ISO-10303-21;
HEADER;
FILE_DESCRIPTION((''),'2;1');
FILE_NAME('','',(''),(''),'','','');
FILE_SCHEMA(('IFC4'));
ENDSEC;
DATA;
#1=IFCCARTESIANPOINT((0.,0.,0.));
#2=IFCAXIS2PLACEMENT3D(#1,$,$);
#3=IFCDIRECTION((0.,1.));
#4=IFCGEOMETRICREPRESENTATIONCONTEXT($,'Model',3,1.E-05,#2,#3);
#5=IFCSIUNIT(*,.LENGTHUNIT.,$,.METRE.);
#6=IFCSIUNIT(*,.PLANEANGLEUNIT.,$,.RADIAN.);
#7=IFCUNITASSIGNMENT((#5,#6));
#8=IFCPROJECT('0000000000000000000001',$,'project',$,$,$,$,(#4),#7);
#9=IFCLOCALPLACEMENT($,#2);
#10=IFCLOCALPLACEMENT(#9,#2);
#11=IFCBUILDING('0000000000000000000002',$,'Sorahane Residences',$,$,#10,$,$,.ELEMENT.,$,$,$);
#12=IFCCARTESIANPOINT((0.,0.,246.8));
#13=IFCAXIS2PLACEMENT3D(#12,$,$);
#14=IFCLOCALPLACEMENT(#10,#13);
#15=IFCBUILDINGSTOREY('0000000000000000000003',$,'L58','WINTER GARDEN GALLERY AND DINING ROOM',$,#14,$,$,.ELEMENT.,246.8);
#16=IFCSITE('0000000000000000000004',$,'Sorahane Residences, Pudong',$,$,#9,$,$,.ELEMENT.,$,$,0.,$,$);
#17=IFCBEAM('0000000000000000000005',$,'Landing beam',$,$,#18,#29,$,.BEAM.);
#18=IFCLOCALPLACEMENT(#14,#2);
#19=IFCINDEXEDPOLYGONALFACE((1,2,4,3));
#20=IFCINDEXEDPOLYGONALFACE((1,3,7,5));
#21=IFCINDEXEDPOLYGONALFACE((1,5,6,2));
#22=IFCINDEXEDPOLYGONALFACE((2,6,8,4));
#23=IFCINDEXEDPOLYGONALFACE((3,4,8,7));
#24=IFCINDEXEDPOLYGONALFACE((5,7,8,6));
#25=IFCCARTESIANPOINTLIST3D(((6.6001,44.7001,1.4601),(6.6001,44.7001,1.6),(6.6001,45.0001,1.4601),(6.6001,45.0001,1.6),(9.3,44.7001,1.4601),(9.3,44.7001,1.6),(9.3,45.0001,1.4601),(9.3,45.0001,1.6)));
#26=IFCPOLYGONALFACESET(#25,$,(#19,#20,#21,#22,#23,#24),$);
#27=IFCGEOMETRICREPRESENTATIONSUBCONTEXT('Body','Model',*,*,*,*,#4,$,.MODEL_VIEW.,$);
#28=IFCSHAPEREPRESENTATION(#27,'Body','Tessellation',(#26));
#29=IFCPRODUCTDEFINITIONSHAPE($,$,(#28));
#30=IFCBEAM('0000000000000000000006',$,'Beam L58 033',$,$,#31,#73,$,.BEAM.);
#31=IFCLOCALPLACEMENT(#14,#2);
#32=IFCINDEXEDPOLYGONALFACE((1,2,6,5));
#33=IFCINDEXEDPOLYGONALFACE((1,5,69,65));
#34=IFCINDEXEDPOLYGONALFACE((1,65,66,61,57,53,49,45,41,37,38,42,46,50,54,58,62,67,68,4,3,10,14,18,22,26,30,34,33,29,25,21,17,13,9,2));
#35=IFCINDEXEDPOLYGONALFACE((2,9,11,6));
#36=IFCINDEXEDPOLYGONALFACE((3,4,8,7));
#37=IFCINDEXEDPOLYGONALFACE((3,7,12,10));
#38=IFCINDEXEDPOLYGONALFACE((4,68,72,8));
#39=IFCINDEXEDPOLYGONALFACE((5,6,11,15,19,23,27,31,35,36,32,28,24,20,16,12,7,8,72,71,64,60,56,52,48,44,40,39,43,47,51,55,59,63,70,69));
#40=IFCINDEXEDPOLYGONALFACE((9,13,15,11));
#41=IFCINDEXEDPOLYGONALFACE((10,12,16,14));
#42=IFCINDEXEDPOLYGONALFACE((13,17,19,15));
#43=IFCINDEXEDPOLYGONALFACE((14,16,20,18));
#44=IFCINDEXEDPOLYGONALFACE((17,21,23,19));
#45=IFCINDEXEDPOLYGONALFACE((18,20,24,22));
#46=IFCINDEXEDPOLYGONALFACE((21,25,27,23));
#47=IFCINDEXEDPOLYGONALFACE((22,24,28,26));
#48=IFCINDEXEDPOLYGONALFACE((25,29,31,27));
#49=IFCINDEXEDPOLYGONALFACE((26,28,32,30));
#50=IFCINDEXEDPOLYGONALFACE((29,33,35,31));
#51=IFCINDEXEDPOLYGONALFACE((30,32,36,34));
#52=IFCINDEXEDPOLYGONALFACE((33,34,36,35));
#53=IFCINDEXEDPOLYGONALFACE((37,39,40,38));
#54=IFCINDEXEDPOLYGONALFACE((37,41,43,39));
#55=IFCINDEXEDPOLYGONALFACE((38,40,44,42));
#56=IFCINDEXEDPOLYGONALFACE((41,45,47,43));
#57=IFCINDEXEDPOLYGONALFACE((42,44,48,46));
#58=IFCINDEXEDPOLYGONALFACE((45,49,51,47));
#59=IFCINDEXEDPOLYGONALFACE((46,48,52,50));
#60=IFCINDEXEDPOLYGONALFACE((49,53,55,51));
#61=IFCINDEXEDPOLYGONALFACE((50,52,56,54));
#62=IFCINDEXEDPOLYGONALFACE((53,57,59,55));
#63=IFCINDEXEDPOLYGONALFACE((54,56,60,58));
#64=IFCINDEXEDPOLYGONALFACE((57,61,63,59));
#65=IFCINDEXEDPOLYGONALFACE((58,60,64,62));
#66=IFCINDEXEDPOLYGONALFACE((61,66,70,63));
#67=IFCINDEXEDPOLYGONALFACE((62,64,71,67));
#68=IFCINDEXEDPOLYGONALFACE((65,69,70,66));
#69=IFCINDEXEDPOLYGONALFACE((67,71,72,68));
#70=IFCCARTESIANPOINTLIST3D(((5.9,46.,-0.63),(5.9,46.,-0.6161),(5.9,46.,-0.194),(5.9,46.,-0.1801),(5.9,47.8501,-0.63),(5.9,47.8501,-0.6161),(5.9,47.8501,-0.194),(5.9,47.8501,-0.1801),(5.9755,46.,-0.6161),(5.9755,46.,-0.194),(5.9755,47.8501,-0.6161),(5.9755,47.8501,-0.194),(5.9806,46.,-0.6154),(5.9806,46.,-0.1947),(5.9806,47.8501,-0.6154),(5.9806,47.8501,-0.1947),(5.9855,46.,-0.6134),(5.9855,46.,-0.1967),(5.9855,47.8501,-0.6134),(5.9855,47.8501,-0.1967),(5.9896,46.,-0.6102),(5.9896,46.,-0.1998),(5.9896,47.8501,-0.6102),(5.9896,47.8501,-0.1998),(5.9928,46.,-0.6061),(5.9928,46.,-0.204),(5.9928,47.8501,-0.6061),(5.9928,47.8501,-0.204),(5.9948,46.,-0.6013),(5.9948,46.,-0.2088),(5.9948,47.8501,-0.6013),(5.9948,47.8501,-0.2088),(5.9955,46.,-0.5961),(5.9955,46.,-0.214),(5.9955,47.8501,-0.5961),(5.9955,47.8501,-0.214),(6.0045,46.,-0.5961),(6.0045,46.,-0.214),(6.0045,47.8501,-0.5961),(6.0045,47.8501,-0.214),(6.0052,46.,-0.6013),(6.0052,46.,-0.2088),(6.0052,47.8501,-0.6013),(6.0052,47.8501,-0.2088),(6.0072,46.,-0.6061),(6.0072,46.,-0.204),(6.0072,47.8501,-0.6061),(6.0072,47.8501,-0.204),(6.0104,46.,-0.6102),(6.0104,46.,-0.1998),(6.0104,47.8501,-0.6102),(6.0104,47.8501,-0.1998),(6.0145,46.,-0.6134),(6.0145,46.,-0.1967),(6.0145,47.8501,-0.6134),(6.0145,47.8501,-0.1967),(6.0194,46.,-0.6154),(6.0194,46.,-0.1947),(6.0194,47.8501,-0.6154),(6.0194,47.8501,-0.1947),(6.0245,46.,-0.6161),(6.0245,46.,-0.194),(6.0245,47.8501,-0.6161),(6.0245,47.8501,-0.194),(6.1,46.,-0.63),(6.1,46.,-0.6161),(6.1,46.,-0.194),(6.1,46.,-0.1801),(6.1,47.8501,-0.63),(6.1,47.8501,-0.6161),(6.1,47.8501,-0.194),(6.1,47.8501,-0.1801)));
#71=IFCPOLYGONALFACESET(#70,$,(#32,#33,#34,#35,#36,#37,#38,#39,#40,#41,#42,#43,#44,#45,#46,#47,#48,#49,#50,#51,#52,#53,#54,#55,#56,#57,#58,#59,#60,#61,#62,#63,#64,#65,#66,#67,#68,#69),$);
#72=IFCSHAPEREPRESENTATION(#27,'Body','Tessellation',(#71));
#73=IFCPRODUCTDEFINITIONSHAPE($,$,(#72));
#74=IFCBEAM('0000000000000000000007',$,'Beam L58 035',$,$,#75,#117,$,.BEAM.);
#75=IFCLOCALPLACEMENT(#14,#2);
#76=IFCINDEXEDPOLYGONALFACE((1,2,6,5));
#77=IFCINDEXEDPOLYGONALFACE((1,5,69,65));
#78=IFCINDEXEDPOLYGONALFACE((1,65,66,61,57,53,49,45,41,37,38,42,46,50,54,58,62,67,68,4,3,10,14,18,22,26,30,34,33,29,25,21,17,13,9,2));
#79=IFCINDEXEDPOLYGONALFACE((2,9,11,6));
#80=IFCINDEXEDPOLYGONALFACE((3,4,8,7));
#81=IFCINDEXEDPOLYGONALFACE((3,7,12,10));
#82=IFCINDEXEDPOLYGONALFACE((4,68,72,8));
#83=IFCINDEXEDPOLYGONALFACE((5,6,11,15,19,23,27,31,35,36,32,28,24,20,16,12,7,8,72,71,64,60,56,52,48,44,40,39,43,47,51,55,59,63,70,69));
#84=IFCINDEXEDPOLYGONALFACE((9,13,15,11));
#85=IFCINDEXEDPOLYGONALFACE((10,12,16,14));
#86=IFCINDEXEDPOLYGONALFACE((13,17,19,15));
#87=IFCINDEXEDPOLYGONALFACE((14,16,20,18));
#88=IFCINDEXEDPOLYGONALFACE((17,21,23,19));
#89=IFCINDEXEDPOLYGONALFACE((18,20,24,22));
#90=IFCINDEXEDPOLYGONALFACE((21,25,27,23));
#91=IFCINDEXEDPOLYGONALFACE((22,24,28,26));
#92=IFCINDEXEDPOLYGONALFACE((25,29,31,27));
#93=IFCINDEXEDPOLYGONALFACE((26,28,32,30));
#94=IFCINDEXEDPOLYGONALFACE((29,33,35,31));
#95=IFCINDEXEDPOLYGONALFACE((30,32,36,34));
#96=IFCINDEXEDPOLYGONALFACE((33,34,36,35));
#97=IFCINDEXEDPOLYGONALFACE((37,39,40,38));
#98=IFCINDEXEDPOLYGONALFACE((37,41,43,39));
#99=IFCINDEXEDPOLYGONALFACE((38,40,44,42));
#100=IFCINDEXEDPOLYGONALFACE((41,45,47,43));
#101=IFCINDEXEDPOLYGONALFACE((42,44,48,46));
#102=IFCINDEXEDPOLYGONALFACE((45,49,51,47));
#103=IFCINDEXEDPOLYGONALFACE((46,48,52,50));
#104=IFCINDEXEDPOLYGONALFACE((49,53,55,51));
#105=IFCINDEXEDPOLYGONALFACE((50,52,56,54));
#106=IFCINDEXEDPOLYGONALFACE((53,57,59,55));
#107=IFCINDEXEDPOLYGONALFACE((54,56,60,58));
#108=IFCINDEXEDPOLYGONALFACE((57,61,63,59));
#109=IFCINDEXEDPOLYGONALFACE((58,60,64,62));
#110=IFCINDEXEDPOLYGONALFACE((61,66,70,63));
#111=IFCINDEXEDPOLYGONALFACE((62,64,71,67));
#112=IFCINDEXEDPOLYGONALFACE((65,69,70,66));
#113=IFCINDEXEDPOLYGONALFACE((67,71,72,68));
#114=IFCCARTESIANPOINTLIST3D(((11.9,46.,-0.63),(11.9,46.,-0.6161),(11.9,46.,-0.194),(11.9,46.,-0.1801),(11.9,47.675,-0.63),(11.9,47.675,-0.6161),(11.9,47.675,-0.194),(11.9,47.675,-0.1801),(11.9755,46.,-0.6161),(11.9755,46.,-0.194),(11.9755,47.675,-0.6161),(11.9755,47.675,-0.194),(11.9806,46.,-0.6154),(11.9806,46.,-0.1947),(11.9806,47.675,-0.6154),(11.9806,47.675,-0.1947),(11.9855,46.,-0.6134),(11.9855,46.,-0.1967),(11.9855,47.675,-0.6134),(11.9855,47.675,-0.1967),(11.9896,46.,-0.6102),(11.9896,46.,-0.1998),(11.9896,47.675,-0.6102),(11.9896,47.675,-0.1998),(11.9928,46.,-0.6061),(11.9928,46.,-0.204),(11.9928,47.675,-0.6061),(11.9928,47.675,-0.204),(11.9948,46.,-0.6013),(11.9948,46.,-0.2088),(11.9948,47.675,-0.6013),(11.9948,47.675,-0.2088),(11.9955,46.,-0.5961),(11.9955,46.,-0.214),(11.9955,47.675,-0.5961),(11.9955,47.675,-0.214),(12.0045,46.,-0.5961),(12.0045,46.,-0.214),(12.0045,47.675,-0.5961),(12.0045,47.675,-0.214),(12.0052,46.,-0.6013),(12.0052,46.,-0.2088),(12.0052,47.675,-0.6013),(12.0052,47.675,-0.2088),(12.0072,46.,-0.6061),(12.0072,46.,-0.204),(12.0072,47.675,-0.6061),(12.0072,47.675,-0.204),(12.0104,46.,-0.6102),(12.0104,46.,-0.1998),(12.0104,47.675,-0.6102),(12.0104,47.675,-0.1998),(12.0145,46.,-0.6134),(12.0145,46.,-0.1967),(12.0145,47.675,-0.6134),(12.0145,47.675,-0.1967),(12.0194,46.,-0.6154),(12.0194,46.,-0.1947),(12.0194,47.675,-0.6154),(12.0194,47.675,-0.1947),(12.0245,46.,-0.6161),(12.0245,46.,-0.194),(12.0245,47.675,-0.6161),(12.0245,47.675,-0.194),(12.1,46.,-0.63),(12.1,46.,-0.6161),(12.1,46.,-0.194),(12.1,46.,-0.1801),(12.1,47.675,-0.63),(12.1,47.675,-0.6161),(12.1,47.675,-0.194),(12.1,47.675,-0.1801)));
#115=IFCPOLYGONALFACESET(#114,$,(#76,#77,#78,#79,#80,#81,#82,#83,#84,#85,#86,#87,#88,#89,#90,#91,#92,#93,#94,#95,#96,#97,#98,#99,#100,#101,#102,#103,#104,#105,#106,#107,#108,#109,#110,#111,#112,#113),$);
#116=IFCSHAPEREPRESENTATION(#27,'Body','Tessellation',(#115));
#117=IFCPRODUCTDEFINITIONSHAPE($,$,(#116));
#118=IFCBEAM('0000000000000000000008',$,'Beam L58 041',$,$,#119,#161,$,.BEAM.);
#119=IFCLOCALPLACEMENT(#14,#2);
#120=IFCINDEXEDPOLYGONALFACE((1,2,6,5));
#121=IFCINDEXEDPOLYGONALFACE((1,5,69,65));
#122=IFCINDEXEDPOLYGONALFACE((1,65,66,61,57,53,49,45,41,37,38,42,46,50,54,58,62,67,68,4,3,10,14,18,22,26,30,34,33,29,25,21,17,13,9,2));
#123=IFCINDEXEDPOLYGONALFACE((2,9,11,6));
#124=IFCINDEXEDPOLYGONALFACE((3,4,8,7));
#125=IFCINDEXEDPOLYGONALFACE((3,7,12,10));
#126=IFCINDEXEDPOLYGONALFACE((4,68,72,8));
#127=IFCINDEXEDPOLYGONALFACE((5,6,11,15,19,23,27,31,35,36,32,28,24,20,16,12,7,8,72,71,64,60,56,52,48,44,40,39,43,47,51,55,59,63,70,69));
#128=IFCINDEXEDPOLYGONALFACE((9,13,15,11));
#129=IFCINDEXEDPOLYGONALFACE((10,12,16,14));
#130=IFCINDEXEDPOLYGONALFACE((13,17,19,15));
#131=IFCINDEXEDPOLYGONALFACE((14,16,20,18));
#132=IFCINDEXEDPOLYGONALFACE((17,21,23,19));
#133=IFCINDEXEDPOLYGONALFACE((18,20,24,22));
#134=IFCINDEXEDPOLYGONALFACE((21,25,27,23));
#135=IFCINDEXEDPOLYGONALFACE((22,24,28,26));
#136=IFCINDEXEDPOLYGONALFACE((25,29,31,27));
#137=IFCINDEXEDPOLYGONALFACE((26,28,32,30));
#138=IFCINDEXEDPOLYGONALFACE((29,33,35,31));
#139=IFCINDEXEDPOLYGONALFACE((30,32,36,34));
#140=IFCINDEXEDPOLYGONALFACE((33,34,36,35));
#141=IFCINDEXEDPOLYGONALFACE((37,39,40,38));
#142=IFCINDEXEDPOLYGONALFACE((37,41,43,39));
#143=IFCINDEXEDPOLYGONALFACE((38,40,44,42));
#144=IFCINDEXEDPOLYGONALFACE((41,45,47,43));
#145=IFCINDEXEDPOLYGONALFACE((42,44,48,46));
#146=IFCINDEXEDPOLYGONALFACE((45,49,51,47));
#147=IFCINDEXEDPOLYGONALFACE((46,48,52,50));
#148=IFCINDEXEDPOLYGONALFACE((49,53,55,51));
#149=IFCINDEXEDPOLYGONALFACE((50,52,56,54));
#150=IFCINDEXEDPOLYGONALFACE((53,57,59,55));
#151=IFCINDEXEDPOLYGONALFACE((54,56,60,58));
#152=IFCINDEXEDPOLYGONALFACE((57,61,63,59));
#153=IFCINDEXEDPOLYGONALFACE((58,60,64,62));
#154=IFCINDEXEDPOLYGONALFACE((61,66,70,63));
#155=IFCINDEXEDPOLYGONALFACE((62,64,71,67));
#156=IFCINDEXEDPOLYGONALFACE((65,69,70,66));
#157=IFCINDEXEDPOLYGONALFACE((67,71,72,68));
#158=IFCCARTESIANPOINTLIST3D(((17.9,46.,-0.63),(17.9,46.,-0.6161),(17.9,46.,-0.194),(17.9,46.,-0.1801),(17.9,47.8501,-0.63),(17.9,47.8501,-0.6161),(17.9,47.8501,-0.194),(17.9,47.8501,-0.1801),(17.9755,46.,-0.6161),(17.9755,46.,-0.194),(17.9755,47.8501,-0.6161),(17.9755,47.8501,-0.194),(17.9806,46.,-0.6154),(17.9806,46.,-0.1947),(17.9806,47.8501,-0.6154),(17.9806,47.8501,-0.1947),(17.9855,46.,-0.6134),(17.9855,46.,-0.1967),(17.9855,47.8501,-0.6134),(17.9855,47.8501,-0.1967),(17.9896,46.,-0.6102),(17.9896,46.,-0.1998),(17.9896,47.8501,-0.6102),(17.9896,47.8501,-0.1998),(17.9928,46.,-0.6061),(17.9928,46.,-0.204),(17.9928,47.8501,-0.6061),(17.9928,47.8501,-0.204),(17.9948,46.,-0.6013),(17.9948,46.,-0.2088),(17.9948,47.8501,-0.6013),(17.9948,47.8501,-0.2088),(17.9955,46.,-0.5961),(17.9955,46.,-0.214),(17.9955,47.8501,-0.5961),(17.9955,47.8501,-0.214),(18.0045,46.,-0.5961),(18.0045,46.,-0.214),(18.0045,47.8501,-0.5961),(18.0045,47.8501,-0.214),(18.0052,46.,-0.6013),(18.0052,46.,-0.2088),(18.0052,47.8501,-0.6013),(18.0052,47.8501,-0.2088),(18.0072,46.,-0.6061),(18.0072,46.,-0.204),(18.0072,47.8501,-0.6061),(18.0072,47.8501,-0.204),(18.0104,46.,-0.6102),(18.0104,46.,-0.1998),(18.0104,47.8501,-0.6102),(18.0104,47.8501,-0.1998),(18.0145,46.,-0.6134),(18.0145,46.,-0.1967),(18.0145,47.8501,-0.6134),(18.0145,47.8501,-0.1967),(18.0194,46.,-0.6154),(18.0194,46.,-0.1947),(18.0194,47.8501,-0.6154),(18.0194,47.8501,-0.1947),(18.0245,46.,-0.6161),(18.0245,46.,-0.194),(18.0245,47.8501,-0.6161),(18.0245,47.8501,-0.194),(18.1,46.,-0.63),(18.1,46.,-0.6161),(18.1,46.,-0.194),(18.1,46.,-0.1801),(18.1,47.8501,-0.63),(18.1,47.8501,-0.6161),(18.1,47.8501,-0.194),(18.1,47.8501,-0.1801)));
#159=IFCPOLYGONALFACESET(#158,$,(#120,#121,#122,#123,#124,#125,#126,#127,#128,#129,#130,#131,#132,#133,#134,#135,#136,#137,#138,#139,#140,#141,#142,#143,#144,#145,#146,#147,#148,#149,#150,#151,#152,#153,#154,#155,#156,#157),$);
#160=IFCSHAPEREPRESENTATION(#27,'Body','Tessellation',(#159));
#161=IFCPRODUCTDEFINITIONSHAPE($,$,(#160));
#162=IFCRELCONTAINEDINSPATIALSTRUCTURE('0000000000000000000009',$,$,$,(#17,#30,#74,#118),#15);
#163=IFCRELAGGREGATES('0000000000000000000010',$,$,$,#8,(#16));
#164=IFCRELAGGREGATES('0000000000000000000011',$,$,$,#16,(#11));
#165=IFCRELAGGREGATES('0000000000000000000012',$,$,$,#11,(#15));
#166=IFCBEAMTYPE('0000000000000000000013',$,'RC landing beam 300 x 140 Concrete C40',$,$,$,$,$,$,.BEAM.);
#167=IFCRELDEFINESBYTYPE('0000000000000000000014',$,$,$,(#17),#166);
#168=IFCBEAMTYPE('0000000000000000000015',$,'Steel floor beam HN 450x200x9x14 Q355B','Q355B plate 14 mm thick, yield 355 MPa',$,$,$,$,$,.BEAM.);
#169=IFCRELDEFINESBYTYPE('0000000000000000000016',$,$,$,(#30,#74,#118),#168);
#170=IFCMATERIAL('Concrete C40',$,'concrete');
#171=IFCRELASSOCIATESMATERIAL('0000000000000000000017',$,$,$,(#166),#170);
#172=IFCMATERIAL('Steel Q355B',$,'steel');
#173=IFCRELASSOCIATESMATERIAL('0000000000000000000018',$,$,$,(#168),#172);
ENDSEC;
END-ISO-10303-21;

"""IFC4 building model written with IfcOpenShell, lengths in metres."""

from ifc_helpers import new_model, si_unit, direction, frame, origin, origin_2d, place, context, subcontext, project, spatial, rectangle, i_section, extrude, material, material_profile, profile_set, type_object, element, save


model = new_model("IFC4")

# Units and contexts
model_context = context("Model", 3, precision=1e-05, world=origin(), true_north=direction((0.0, 1.0)))
body_context = subcontext(model_context, "Body", "Model", "MODEL_VIEW")
ifc_project = project(units=[si_unit("LENGTHUNIT", "METRE"), si_unit("PLANEANGLEUNIT", "RADIAN")], contexts=[model_context])

# Site, building, storey
site_placement = place(None, origin())
site = spatial("IfcSite", under=ifc_project, at=site_placement, Name="Sorahane Residences, Pudong", CompositionType="ELEMENT", RefElevation=0.0)
building_placement = place(site_placement, origin())
building = spatial("IfcBuilding", under=site, at=building_placement, Name="Sorahane Residences", CompositionType="ELEMENT")
storey_placement = place(building_placement, frame((0.0, 0.0, 246.8)))
storey = spatial("IfcBuildingStorey", under=building, at=storey_placement, Name="L58", Description="WINTER GARDEN GALLERY AND DINING ROOM", CompositionType="ELEMENT", Elevation=246.8)

# Beams
ifc_material_1 = material(Name="Concrete C40", Category="concrete")
ifc_material_profile_1 = material_profile(ifc_material_1, rectangle(XDim=0.3, YDim=0.1399, at=origin_2d()), Name="300x140")
ifc_profile_set_1 = profile_set([ifc_material_profile_1], Name="Concrete C40")
beam_type_1 = type_object("IfcBeamType", Name="RC landing beam 300 x 140 Concrete C40", PredefinedType="BEAM", material=ifc_profile_set_1)
for number, where, z_axis, x_axis, name in (
    (1, (6.6001, 44.8501, 1.53), (1.0, 0.0, 0.0), (0.0, 1.0, 0.0), "Landing beam"),
):
    element("IfcBeam", number, at=place(storey_placement, frame(where, z_axis=z_axis, x_axis=x_axis)), inside=storey, type_object=beam_type_1, Name=name, PredefinedType="BEAM", context=body_context, shape_type="SweptSolid", body=[
        extrude(rectangle(XDim=0.3, YDim=0.1399, at=origin_2d()), origin(), (0.0, 0.0, 1.0), 2.7),
    ])
ifc_material_2 = material(Name="Steel Q355B", Category="steel")
ifc_material_profile_2 = material_profile(ifc_material_2, i_section(OverallWidth=0.2, OverallDepth=0.45, WebThickness=0.009, FlangeThickness=0.0139, FilletRadius=0.02, at=origin_2d()), Name="HN 450x200x9x14")
ifc_profile_set_2 = profile_set([ifc_material_profile_2], Name="Steel Q355B")
beam_type_2 = type_object("IfcBeamType", Name="Steel floor beam HN 450x200x9x14 Q355B", Description="Q355B plate 14 mm thick, yield 355 MPa", PredefinedType="BEAM", material=ifc_profile_set_2)
beam_1_placement = place(storey_placement, frame((6.0, 46.0, -0.405), z_axis=(0.0, 1.0, 0.0), x_axis=(-1.0, 0.0, 0.0)))
element("IfcBeam", 2, at=beam_1_placement, inside=storey, type_object=beam_type_2, Name="Beam L58 033", PredefinedType="BEAM", context=body_context, shape_type="SweptSolid", body=[
    extrude(i_section(OverallWidth=0.2, OverallDepth=0.45, WebThickness=0.009, FlangeThickness=0.0139, FilletRadius=0.02, at=origin_2d()), origin(), (0.0, 0.0, 1.0), 1.8501),
])
beam_2_placement = place(storey_placement, frame((12.0, 46.0, -0.405), z_axis=(0.0, 1.0, 0.0), x_axis=(-1.0, 0.0, 0.0)))
element("IfcBeam", 3, at=beam_2_placement, inside=storey, type_object=beam_type_2, Name="Beam L58 035", PredefinedType="BEAM", context=body_context, shape_type="SweptSolid", body=[
    extrude(i_section(OverallWidth=0.2, OverallDepth=0.45, WebThickness=0.009, FlangeThickness=0.0139, FilletRadius=0.02, at=origin_2d()), origin(), (0.0, 0.0, 1.0), 1.675),
])
beam_3_placement = place(storey_placement, frame((18.0, 46.0, -0.405), z_axis=(0.0, 1.0, 0.0), x_axis=(-1.0, 0.0, 0.0)))
element("IfcBeam", 4, at=beam_3_placement, inside=storey, type_object=beam_type_2, Name="Beam L58 041", PredefinedType="BEAM", context=body_context, shape_type="SweptSolid", body=[
    extrude(i_section(OverallWidth=0.2, OverallDepth=0.45, WebThickness=0.009, FlangeThickness=0.0139, FilletRadius=0.02, at=origin_2d()), origin(), (0.0, 0.0, 1.0), 1.8501),
])

save(model, "model.ifc")
